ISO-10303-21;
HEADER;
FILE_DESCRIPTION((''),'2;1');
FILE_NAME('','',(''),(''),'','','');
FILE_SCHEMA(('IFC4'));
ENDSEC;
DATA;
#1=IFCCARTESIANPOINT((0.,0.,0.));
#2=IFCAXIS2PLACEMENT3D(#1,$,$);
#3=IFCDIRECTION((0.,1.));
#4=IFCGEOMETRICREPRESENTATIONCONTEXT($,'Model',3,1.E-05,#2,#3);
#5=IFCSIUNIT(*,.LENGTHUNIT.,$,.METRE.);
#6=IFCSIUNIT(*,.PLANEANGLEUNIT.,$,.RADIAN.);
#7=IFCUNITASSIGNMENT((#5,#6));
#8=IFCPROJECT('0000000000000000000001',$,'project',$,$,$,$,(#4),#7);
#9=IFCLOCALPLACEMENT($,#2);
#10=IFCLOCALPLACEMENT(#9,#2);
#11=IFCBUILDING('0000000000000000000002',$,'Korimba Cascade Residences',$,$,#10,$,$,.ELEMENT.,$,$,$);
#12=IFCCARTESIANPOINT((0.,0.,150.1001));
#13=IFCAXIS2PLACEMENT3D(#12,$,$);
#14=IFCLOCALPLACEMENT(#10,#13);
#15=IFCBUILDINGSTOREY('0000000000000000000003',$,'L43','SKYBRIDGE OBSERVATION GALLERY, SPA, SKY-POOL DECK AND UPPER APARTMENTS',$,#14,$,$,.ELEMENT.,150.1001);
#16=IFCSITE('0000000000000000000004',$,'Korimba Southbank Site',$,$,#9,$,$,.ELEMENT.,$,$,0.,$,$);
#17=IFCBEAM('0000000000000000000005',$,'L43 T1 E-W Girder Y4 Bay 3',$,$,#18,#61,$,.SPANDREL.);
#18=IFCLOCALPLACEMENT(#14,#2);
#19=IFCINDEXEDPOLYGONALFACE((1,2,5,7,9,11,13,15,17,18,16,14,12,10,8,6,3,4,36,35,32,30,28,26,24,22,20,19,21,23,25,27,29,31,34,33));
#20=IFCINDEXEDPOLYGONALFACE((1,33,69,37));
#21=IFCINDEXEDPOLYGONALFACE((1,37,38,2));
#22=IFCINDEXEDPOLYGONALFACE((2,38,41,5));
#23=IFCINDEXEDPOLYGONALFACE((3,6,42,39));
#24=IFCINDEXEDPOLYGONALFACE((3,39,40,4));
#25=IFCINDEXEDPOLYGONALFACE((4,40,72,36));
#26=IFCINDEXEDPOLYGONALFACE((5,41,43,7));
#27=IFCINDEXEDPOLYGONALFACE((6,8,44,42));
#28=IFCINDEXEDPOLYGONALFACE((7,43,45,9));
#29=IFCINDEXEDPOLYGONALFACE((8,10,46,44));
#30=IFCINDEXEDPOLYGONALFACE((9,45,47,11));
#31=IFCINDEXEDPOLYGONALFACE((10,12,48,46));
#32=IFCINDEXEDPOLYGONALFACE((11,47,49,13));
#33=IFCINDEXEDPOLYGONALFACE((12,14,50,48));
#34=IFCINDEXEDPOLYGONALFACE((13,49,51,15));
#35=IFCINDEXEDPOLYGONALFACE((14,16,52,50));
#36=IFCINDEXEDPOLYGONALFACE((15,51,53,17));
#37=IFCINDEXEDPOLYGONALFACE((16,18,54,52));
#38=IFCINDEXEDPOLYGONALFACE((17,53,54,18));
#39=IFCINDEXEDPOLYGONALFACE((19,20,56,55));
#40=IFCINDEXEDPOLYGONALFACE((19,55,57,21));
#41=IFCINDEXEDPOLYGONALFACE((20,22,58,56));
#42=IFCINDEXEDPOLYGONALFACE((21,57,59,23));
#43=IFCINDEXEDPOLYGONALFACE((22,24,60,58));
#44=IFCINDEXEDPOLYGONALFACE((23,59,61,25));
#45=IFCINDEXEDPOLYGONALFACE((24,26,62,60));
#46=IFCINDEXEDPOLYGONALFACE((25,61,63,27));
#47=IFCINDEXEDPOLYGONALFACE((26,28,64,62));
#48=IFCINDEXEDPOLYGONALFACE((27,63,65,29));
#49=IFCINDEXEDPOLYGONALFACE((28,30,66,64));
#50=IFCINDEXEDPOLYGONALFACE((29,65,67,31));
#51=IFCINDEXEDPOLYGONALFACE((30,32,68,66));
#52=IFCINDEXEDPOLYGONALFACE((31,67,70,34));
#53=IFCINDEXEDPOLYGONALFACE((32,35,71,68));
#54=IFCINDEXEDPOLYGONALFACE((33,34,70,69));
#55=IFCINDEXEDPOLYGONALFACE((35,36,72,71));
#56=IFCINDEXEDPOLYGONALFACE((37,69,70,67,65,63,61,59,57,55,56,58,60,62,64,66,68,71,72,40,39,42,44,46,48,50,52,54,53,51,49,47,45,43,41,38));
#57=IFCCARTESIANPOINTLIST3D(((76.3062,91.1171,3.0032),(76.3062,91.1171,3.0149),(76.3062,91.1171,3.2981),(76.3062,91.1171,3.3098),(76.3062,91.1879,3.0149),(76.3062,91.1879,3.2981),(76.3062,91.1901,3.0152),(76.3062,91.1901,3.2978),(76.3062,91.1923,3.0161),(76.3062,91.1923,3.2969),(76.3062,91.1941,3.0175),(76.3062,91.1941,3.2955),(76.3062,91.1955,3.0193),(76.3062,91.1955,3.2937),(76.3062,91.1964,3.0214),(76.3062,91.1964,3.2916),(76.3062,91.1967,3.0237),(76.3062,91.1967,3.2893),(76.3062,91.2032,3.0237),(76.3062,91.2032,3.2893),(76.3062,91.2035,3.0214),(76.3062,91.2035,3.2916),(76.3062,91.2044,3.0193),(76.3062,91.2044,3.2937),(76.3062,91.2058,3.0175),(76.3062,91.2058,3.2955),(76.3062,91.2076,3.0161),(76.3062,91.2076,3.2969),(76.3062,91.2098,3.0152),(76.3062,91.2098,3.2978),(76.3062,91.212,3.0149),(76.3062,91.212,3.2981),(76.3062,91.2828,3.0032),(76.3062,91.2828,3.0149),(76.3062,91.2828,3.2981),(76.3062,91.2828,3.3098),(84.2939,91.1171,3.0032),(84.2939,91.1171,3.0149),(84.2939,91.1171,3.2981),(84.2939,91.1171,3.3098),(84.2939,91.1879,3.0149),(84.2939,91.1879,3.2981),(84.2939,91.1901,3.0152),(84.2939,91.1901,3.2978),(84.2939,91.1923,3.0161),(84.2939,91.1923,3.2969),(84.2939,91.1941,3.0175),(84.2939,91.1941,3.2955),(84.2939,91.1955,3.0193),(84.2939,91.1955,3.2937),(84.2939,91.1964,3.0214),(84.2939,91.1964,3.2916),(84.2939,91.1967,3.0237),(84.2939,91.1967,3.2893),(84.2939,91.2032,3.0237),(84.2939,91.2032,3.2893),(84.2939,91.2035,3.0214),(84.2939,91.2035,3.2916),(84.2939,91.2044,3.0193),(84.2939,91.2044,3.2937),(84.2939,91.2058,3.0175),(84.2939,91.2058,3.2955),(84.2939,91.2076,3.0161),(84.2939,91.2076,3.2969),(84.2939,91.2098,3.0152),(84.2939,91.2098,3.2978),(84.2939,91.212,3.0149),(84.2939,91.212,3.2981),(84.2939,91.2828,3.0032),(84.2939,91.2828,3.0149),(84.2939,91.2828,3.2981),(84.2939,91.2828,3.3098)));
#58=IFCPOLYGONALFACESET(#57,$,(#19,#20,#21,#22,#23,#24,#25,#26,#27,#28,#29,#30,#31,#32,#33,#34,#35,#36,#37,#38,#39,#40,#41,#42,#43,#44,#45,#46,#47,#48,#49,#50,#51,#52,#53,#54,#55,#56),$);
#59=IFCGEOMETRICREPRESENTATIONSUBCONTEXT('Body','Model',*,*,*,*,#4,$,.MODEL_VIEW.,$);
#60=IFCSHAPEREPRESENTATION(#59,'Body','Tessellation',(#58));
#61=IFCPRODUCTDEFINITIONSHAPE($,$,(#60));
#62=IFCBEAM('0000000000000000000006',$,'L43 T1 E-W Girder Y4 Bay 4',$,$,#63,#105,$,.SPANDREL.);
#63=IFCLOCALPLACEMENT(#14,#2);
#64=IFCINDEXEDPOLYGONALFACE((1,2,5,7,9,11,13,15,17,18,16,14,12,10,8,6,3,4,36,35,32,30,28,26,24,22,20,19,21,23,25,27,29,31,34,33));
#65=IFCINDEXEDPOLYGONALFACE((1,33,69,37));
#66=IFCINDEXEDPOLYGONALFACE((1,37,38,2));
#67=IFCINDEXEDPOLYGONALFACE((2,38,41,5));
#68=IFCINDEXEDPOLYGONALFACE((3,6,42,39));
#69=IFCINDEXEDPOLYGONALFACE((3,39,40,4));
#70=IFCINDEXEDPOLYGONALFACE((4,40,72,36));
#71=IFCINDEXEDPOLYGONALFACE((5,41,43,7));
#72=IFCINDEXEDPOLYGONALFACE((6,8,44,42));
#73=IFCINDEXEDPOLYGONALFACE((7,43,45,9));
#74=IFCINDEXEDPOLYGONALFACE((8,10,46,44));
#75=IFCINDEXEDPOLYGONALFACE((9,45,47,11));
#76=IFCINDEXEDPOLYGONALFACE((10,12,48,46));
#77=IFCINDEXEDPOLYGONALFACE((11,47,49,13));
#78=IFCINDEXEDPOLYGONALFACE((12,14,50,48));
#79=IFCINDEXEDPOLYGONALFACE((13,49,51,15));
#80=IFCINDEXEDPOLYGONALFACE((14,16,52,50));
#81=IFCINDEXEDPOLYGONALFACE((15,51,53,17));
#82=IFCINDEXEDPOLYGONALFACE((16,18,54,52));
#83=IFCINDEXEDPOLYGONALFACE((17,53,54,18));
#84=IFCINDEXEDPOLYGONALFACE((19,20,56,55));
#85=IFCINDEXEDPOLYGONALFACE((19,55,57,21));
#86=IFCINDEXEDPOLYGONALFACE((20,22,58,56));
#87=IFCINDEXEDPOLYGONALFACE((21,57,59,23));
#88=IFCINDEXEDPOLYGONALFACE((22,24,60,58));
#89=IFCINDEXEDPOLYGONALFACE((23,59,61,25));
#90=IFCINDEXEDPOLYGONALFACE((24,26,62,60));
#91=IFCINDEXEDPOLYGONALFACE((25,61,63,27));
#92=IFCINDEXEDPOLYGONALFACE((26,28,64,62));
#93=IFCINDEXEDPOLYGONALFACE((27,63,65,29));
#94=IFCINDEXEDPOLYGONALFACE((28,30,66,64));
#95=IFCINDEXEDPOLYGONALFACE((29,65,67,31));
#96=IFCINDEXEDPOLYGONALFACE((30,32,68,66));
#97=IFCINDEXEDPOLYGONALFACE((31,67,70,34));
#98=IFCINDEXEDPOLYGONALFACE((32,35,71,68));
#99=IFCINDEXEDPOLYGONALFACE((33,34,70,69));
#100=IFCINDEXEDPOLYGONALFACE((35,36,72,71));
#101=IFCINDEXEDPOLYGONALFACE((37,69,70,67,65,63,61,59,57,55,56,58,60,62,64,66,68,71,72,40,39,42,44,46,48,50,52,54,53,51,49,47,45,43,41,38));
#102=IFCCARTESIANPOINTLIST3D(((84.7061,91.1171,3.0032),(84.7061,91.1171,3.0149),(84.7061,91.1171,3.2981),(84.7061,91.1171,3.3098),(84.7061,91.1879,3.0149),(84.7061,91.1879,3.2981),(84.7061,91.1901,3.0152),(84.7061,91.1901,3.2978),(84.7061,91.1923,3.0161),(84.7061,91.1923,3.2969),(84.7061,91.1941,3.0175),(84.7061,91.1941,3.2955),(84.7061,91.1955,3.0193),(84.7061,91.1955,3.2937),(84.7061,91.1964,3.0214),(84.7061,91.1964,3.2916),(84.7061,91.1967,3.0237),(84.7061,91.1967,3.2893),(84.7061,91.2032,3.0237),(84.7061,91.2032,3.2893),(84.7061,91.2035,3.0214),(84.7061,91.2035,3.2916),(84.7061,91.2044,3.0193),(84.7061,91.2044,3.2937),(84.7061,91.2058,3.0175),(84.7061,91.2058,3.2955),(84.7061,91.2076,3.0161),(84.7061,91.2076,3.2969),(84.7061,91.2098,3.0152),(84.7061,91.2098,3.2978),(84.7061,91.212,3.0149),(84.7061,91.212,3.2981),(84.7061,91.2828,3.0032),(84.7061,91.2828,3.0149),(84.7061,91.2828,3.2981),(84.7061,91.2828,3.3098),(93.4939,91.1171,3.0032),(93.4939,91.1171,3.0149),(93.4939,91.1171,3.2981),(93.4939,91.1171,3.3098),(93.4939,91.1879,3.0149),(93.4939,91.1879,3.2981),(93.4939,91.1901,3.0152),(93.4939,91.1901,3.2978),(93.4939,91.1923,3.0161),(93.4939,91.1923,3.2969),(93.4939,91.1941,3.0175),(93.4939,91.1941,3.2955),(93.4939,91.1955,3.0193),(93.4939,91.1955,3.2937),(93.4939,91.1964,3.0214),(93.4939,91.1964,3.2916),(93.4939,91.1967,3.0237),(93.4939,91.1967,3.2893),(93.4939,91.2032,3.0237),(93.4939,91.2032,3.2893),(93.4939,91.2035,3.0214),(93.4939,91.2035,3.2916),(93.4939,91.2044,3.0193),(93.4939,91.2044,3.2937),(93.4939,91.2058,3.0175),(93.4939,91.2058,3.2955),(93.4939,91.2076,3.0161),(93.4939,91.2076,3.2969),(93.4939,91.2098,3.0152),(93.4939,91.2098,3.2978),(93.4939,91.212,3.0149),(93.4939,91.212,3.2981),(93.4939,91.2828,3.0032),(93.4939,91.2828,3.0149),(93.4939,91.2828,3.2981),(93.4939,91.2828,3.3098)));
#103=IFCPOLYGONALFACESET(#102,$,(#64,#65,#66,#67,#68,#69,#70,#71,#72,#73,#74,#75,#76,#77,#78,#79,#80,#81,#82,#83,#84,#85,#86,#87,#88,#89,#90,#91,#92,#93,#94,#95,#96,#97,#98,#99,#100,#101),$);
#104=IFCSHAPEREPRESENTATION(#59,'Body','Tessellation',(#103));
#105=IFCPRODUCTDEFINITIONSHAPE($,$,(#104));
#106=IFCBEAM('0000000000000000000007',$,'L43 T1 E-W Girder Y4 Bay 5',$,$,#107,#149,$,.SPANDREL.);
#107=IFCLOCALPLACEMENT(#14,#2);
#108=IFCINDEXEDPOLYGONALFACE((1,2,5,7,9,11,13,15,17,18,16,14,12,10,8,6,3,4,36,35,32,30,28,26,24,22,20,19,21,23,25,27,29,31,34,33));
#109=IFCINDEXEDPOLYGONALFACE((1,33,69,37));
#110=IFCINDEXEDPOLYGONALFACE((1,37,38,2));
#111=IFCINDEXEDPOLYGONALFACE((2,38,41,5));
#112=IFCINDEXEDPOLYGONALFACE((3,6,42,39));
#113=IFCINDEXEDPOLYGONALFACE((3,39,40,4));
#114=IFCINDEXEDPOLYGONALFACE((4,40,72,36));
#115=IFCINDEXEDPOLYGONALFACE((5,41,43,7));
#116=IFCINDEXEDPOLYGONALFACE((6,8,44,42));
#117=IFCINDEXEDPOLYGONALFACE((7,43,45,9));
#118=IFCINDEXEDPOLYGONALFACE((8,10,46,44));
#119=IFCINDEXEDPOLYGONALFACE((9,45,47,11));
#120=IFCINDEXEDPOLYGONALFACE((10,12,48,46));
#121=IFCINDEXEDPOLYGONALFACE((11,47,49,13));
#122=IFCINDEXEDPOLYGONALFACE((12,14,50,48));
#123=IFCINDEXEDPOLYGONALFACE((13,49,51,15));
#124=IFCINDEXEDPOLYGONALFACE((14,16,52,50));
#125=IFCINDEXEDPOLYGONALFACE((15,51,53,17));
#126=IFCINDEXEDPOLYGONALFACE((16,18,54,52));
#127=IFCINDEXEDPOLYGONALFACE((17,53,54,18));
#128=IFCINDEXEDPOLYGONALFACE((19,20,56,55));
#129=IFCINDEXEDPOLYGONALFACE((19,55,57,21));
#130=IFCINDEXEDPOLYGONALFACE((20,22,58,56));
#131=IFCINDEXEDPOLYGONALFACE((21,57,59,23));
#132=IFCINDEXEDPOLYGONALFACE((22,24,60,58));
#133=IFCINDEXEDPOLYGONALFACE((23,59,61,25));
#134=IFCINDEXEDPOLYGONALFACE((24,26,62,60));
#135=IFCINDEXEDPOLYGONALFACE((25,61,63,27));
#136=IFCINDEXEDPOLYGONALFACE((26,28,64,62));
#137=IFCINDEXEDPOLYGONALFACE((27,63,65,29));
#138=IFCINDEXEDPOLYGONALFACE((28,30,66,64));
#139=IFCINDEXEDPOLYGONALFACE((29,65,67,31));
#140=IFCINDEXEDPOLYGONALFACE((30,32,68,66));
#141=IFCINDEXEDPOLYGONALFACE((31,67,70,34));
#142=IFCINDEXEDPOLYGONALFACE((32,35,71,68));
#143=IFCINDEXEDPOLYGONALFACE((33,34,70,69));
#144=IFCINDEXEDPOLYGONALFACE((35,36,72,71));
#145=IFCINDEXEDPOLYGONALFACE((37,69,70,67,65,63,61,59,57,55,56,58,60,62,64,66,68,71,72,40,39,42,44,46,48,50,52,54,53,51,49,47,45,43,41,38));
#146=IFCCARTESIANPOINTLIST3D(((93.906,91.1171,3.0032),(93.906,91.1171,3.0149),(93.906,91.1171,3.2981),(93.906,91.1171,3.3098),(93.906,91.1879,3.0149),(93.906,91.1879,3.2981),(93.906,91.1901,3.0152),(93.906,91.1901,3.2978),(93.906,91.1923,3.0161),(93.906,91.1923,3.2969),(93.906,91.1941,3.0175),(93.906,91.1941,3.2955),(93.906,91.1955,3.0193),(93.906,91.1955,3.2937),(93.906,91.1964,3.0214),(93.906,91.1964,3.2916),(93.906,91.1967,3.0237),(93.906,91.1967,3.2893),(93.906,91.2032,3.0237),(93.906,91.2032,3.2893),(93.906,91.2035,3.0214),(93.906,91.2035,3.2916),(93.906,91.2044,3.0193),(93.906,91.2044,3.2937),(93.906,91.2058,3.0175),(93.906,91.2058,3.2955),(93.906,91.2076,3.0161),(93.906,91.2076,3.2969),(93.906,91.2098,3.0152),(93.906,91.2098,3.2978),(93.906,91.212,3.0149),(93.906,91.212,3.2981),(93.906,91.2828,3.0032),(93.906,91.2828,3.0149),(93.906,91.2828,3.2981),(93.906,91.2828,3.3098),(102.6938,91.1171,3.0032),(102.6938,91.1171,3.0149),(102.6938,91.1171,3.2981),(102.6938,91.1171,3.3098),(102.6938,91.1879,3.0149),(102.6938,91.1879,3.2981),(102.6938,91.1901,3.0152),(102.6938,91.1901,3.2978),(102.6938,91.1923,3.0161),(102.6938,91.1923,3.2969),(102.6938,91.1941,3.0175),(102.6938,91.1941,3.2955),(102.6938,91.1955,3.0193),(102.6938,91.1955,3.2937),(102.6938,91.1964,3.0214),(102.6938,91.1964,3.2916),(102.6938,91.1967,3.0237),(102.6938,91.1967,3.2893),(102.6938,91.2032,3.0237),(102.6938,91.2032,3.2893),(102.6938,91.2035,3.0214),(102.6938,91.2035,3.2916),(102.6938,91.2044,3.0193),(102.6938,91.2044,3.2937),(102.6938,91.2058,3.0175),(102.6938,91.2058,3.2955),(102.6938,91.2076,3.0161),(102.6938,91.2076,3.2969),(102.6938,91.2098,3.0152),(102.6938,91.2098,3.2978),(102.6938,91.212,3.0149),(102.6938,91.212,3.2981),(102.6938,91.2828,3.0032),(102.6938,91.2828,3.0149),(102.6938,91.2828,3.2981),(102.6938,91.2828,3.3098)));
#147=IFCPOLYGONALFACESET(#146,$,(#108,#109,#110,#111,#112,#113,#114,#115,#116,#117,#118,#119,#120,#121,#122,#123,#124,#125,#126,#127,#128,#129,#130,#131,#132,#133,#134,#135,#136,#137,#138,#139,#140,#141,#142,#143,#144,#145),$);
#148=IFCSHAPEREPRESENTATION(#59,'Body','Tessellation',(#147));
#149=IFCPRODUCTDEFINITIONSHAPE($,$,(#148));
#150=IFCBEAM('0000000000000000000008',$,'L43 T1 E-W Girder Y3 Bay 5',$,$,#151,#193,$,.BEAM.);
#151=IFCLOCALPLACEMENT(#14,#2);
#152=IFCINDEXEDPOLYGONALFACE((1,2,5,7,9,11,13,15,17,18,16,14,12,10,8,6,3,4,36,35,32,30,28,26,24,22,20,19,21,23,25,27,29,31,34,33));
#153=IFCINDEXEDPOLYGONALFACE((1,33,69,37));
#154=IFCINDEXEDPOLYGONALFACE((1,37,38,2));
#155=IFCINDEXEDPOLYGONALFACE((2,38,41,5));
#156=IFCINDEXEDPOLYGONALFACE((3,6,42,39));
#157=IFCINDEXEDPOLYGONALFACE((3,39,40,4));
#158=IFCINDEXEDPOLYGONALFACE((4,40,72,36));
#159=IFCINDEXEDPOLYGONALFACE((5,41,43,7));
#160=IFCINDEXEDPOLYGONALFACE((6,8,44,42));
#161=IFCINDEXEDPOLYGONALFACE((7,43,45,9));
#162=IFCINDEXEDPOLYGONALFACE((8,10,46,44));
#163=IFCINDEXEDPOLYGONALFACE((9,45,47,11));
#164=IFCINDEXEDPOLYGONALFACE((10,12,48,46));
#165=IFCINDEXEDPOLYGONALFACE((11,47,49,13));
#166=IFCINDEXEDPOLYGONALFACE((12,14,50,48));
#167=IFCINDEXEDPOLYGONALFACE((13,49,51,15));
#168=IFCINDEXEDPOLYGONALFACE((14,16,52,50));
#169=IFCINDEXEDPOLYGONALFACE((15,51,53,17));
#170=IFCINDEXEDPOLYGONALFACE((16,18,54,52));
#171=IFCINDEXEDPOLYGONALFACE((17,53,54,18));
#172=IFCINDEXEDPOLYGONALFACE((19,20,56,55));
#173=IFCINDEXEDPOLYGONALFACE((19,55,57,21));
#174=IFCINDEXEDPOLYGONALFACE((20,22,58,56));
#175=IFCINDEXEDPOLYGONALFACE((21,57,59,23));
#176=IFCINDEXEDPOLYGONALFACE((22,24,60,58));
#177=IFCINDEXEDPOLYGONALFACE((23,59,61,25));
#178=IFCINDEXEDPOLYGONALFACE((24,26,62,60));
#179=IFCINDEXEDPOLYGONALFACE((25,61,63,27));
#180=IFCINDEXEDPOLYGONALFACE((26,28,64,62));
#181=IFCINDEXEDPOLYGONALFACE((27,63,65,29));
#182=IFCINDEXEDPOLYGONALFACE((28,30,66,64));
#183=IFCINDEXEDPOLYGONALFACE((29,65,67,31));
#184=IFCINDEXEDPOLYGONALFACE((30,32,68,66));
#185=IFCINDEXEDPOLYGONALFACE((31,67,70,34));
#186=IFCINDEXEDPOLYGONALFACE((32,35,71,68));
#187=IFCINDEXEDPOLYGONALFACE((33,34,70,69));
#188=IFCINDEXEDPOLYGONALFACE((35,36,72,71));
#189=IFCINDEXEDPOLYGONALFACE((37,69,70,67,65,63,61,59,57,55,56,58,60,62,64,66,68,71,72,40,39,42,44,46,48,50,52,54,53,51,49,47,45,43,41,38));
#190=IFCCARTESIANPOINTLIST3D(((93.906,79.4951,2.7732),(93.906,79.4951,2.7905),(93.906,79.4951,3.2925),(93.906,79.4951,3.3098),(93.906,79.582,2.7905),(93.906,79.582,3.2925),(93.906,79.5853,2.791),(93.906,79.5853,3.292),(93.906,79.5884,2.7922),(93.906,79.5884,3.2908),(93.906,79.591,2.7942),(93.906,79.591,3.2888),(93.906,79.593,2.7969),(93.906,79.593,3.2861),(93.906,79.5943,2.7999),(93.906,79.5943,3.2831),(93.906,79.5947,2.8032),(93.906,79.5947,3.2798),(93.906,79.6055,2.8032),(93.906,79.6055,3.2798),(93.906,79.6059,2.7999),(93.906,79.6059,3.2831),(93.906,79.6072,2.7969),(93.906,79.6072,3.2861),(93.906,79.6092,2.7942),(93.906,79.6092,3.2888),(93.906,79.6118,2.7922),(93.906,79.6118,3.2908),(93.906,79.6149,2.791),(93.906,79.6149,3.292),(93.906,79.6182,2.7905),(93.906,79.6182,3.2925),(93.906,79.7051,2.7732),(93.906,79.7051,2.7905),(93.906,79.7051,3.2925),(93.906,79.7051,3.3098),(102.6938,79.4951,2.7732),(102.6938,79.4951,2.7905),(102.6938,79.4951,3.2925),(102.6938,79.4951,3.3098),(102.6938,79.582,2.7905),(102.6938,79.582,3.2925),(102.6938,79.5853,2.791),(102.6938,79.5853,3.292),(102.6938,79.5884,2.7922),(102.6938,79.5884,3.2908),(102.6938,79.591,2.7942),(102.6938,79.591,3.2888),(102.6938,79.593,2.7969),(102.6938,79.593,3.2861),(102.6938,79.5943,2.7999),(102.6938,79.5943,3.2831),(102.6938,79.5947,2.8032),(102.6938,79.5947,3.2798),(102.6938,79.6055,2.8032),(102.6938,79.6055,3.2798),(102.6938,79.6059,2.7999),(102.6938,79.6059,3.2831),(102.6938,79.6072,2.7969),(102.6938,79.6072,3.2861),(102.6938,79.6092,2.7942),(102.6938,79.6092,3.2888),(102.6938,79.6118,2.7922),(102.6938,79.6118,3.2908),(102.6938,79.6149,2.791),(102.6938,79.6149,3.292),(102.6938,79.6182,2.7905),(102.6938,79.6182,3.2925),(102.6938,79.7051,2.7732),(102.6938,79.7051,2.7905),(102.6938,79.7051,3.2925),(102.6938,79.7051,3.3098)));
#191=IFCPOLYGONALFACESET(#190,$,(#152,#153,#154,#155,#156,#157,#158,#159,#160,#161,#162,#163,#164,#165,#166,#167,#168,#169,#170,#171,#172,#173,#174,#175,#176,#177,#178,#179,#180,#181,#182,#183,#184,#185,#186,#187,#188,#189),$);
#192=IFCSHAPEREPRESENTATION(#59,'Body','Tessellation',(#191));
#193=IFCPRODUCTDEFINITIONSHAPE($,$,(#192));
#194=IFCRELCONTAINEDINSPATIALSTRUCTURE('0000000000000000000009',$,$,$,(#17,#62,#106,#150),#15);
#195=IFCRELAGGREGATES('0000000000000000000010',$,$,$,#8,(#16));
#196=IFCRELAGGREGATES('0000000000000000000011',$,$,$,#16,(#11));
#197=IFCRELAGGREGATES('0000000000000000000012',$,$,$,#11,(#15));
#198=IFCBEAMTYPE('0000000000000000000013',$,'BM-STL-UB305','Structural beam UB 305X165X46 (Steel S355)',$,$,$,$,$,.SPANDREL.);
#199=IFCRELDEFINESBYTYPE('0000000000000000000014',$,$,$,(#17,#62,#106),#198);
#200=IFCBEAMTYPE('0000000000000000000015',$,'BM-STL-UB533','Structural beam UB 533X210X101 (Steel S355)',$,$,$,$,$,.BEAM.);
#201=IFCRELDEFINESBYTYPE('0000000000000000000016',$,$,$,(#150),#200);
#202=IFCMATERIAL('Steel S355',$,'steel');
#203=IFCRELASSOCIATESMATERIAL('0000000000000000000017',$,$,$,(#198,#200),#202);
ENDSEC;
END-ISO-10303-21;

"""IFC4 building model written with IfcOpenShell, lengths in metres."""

from ifc_helpers import new_model, si_unit, direction, frame, origin, origin_2d, place, context, subcontext, project, spatial, i_section, extrude, material, material_profile, profile_set, type_object, element, save


model = new_model("IFC4")

# Units and contexts
model_context = context("Model", 3, precision=1e-05, world=origin(), true_north=direction((0.0, 1.0)))
body_context = subcontext(model_context, "Body", "Model", "MODEL_VIEW")
ifc_project = project(units=[si_unit("LENGTHUNIT", "METRE"), si_unit("PLANEANGLEUNIT", "RADIAN")], contexts=[model_context])

# Site, building, storey
site_placement = place(None, origin())
site = spatial("IfcSite", under=ifc_project, at=site_placement, Name="Korimba Southbank Site", CompositionType="ELEMENT", RefElevation=0.0)
building_placement = place(site_placement, origin())
building = spatial("IfcBuilding", under=site, at=building_placement, Name="Korimba Cascade Residences", CompositionType="ELEMENT")
storey_placement = place(building_placement, frame((0.0, 0.0, 150.1001)))
storey = spatial("IfcBuildingStorey", under=building, at=storey_placement, Name="L43", Description="SKYBRIDGE OBSERVATION GALLERY, SPA, SKY-POOL DECK AND UPPER APARTMENTS", CompositionType="ELEMENT", Elevation=150.1001)

# Beams
ifc_material_1 = material(Name="Steel S355", Category="steel")
ifc_material_profile_1 = material_profile(ifc_material_1, i_section(OverallWidth=0.1658, OverallDepth=0.3066, WebThickness=0.0066, FlangeThickness=0.0117, FilletRadius=0.0088, at=origin_2d()), Name="Steel S355")
ifc_profile_set_1 = profile_set([ifc_material_profile_1], Name="Steel S355")
beam_type_1 = type_object("IfcBeamType", Name="BM-STL-UB305", Description="Structural beam UB 305X165X46 (Steel S355)", PredefinedType="SPANDREL", material=ifc_profile_set_1)
beam_1_placement = place(storey_placement, frame((76.3062, 91.2, 3.1565), z_axis=(1.0, 0.0, 0.0), x_axis=(0.0, 1.0, 0.0)))
element("IfcBeam", 1, at=beam_1_placement, inside=storey, type_object=beam_type_1, Name="L43 T1 E-W Girder Y4 Bay 3", PredefinedType="SPANDREL", context=body_context, shape_type="SweptSolid", body=[
    extrude(i_section(OverallWidth=0.1658, OverallDepth=0.3066, WebThickness=0.0066, FlangeThickness=0.0117, FilletRadius=0.0088, at=origin_2d()), origin(), (0.0, 0.0, 1.0), 7.9878),
])
for number, where, z_axis, x_axis, name in (
    (2, (84.7061, 91.2, 3.1565), (1.0, 0.0, 0.0), (0.0, 1.0, 0.0), "L43 T1 E-W Girder Y4 Bay 4"),
    (3, (93.906, 91.2, 3.1565), (1.0, 0.0, 0.0), (0.0, 1.0, 0.0), "L43 T1 E-W Girder Y4 Bay 5"),
):
    element("IfcBeam", number, at=place(storey_placement, frame(where, z_axis=z_axis, x_axis=x_axis)), inside=storey, type_object=beam_type_1, Name=name, PredefinedType="SPANDREL", context=body_context, shape_type="SweptSolid", body=[
        extrude(i_section(OverallWidth=0.1658, OverallDepth=0.3066, WebThickness=0.0066, FlangeThickness=0.0117, FilletRadius=0.0088, at=origin_2d()), origin(), (0.0, 0.0, 1.0), 8.7878),
    ])
ifc_material_profile_2 = material_profile(ifc_material_1, i_section(OverallWidth=0.21, OverallDepth=0.5366, WebThickness=0.0107, FlangeThickness=0.0173, FilletRadius=0.0127, at=origin_2d()), Name="Steel S355")
ifc_profile_set_2 = profile_set([ifc_material_profile_2], Name="Steel S355")
beam_type_2 = type_object("IfcBeamType", Name="BM-STL-UB533", Description="Structural beam UB 533X210X101 (Steel S355)", PredefinedType="BEAM", material=ifc_profile_set_2)
beam_2_placement = place(storey_placement, frame((93.906, 79.6001, 3.0415), z_axis=(1.0, 0.0, 0.0), x_axis=(0.0, 1.0, 0.0)))
element("IfcBeam", 4, at=beam_2_placement, inside=storey, type_object=beam_type_2, Name="L43 T1 E-W Girder Y3 Bay 5", PredefinedType="BEAM", context=body_context, shape_type="SweptSolid", body=[
    extrude(i_section(OverallWidth=0.21, OverallDepth=0.5366, WebThickness=0.0107, FlangeThickness=0.0173, FilletRadius=0.0127, at=origin_2d()), origin(), (0.0, 0.0, 1.0), 8.7878),
])

save(model, "model.ifc")
